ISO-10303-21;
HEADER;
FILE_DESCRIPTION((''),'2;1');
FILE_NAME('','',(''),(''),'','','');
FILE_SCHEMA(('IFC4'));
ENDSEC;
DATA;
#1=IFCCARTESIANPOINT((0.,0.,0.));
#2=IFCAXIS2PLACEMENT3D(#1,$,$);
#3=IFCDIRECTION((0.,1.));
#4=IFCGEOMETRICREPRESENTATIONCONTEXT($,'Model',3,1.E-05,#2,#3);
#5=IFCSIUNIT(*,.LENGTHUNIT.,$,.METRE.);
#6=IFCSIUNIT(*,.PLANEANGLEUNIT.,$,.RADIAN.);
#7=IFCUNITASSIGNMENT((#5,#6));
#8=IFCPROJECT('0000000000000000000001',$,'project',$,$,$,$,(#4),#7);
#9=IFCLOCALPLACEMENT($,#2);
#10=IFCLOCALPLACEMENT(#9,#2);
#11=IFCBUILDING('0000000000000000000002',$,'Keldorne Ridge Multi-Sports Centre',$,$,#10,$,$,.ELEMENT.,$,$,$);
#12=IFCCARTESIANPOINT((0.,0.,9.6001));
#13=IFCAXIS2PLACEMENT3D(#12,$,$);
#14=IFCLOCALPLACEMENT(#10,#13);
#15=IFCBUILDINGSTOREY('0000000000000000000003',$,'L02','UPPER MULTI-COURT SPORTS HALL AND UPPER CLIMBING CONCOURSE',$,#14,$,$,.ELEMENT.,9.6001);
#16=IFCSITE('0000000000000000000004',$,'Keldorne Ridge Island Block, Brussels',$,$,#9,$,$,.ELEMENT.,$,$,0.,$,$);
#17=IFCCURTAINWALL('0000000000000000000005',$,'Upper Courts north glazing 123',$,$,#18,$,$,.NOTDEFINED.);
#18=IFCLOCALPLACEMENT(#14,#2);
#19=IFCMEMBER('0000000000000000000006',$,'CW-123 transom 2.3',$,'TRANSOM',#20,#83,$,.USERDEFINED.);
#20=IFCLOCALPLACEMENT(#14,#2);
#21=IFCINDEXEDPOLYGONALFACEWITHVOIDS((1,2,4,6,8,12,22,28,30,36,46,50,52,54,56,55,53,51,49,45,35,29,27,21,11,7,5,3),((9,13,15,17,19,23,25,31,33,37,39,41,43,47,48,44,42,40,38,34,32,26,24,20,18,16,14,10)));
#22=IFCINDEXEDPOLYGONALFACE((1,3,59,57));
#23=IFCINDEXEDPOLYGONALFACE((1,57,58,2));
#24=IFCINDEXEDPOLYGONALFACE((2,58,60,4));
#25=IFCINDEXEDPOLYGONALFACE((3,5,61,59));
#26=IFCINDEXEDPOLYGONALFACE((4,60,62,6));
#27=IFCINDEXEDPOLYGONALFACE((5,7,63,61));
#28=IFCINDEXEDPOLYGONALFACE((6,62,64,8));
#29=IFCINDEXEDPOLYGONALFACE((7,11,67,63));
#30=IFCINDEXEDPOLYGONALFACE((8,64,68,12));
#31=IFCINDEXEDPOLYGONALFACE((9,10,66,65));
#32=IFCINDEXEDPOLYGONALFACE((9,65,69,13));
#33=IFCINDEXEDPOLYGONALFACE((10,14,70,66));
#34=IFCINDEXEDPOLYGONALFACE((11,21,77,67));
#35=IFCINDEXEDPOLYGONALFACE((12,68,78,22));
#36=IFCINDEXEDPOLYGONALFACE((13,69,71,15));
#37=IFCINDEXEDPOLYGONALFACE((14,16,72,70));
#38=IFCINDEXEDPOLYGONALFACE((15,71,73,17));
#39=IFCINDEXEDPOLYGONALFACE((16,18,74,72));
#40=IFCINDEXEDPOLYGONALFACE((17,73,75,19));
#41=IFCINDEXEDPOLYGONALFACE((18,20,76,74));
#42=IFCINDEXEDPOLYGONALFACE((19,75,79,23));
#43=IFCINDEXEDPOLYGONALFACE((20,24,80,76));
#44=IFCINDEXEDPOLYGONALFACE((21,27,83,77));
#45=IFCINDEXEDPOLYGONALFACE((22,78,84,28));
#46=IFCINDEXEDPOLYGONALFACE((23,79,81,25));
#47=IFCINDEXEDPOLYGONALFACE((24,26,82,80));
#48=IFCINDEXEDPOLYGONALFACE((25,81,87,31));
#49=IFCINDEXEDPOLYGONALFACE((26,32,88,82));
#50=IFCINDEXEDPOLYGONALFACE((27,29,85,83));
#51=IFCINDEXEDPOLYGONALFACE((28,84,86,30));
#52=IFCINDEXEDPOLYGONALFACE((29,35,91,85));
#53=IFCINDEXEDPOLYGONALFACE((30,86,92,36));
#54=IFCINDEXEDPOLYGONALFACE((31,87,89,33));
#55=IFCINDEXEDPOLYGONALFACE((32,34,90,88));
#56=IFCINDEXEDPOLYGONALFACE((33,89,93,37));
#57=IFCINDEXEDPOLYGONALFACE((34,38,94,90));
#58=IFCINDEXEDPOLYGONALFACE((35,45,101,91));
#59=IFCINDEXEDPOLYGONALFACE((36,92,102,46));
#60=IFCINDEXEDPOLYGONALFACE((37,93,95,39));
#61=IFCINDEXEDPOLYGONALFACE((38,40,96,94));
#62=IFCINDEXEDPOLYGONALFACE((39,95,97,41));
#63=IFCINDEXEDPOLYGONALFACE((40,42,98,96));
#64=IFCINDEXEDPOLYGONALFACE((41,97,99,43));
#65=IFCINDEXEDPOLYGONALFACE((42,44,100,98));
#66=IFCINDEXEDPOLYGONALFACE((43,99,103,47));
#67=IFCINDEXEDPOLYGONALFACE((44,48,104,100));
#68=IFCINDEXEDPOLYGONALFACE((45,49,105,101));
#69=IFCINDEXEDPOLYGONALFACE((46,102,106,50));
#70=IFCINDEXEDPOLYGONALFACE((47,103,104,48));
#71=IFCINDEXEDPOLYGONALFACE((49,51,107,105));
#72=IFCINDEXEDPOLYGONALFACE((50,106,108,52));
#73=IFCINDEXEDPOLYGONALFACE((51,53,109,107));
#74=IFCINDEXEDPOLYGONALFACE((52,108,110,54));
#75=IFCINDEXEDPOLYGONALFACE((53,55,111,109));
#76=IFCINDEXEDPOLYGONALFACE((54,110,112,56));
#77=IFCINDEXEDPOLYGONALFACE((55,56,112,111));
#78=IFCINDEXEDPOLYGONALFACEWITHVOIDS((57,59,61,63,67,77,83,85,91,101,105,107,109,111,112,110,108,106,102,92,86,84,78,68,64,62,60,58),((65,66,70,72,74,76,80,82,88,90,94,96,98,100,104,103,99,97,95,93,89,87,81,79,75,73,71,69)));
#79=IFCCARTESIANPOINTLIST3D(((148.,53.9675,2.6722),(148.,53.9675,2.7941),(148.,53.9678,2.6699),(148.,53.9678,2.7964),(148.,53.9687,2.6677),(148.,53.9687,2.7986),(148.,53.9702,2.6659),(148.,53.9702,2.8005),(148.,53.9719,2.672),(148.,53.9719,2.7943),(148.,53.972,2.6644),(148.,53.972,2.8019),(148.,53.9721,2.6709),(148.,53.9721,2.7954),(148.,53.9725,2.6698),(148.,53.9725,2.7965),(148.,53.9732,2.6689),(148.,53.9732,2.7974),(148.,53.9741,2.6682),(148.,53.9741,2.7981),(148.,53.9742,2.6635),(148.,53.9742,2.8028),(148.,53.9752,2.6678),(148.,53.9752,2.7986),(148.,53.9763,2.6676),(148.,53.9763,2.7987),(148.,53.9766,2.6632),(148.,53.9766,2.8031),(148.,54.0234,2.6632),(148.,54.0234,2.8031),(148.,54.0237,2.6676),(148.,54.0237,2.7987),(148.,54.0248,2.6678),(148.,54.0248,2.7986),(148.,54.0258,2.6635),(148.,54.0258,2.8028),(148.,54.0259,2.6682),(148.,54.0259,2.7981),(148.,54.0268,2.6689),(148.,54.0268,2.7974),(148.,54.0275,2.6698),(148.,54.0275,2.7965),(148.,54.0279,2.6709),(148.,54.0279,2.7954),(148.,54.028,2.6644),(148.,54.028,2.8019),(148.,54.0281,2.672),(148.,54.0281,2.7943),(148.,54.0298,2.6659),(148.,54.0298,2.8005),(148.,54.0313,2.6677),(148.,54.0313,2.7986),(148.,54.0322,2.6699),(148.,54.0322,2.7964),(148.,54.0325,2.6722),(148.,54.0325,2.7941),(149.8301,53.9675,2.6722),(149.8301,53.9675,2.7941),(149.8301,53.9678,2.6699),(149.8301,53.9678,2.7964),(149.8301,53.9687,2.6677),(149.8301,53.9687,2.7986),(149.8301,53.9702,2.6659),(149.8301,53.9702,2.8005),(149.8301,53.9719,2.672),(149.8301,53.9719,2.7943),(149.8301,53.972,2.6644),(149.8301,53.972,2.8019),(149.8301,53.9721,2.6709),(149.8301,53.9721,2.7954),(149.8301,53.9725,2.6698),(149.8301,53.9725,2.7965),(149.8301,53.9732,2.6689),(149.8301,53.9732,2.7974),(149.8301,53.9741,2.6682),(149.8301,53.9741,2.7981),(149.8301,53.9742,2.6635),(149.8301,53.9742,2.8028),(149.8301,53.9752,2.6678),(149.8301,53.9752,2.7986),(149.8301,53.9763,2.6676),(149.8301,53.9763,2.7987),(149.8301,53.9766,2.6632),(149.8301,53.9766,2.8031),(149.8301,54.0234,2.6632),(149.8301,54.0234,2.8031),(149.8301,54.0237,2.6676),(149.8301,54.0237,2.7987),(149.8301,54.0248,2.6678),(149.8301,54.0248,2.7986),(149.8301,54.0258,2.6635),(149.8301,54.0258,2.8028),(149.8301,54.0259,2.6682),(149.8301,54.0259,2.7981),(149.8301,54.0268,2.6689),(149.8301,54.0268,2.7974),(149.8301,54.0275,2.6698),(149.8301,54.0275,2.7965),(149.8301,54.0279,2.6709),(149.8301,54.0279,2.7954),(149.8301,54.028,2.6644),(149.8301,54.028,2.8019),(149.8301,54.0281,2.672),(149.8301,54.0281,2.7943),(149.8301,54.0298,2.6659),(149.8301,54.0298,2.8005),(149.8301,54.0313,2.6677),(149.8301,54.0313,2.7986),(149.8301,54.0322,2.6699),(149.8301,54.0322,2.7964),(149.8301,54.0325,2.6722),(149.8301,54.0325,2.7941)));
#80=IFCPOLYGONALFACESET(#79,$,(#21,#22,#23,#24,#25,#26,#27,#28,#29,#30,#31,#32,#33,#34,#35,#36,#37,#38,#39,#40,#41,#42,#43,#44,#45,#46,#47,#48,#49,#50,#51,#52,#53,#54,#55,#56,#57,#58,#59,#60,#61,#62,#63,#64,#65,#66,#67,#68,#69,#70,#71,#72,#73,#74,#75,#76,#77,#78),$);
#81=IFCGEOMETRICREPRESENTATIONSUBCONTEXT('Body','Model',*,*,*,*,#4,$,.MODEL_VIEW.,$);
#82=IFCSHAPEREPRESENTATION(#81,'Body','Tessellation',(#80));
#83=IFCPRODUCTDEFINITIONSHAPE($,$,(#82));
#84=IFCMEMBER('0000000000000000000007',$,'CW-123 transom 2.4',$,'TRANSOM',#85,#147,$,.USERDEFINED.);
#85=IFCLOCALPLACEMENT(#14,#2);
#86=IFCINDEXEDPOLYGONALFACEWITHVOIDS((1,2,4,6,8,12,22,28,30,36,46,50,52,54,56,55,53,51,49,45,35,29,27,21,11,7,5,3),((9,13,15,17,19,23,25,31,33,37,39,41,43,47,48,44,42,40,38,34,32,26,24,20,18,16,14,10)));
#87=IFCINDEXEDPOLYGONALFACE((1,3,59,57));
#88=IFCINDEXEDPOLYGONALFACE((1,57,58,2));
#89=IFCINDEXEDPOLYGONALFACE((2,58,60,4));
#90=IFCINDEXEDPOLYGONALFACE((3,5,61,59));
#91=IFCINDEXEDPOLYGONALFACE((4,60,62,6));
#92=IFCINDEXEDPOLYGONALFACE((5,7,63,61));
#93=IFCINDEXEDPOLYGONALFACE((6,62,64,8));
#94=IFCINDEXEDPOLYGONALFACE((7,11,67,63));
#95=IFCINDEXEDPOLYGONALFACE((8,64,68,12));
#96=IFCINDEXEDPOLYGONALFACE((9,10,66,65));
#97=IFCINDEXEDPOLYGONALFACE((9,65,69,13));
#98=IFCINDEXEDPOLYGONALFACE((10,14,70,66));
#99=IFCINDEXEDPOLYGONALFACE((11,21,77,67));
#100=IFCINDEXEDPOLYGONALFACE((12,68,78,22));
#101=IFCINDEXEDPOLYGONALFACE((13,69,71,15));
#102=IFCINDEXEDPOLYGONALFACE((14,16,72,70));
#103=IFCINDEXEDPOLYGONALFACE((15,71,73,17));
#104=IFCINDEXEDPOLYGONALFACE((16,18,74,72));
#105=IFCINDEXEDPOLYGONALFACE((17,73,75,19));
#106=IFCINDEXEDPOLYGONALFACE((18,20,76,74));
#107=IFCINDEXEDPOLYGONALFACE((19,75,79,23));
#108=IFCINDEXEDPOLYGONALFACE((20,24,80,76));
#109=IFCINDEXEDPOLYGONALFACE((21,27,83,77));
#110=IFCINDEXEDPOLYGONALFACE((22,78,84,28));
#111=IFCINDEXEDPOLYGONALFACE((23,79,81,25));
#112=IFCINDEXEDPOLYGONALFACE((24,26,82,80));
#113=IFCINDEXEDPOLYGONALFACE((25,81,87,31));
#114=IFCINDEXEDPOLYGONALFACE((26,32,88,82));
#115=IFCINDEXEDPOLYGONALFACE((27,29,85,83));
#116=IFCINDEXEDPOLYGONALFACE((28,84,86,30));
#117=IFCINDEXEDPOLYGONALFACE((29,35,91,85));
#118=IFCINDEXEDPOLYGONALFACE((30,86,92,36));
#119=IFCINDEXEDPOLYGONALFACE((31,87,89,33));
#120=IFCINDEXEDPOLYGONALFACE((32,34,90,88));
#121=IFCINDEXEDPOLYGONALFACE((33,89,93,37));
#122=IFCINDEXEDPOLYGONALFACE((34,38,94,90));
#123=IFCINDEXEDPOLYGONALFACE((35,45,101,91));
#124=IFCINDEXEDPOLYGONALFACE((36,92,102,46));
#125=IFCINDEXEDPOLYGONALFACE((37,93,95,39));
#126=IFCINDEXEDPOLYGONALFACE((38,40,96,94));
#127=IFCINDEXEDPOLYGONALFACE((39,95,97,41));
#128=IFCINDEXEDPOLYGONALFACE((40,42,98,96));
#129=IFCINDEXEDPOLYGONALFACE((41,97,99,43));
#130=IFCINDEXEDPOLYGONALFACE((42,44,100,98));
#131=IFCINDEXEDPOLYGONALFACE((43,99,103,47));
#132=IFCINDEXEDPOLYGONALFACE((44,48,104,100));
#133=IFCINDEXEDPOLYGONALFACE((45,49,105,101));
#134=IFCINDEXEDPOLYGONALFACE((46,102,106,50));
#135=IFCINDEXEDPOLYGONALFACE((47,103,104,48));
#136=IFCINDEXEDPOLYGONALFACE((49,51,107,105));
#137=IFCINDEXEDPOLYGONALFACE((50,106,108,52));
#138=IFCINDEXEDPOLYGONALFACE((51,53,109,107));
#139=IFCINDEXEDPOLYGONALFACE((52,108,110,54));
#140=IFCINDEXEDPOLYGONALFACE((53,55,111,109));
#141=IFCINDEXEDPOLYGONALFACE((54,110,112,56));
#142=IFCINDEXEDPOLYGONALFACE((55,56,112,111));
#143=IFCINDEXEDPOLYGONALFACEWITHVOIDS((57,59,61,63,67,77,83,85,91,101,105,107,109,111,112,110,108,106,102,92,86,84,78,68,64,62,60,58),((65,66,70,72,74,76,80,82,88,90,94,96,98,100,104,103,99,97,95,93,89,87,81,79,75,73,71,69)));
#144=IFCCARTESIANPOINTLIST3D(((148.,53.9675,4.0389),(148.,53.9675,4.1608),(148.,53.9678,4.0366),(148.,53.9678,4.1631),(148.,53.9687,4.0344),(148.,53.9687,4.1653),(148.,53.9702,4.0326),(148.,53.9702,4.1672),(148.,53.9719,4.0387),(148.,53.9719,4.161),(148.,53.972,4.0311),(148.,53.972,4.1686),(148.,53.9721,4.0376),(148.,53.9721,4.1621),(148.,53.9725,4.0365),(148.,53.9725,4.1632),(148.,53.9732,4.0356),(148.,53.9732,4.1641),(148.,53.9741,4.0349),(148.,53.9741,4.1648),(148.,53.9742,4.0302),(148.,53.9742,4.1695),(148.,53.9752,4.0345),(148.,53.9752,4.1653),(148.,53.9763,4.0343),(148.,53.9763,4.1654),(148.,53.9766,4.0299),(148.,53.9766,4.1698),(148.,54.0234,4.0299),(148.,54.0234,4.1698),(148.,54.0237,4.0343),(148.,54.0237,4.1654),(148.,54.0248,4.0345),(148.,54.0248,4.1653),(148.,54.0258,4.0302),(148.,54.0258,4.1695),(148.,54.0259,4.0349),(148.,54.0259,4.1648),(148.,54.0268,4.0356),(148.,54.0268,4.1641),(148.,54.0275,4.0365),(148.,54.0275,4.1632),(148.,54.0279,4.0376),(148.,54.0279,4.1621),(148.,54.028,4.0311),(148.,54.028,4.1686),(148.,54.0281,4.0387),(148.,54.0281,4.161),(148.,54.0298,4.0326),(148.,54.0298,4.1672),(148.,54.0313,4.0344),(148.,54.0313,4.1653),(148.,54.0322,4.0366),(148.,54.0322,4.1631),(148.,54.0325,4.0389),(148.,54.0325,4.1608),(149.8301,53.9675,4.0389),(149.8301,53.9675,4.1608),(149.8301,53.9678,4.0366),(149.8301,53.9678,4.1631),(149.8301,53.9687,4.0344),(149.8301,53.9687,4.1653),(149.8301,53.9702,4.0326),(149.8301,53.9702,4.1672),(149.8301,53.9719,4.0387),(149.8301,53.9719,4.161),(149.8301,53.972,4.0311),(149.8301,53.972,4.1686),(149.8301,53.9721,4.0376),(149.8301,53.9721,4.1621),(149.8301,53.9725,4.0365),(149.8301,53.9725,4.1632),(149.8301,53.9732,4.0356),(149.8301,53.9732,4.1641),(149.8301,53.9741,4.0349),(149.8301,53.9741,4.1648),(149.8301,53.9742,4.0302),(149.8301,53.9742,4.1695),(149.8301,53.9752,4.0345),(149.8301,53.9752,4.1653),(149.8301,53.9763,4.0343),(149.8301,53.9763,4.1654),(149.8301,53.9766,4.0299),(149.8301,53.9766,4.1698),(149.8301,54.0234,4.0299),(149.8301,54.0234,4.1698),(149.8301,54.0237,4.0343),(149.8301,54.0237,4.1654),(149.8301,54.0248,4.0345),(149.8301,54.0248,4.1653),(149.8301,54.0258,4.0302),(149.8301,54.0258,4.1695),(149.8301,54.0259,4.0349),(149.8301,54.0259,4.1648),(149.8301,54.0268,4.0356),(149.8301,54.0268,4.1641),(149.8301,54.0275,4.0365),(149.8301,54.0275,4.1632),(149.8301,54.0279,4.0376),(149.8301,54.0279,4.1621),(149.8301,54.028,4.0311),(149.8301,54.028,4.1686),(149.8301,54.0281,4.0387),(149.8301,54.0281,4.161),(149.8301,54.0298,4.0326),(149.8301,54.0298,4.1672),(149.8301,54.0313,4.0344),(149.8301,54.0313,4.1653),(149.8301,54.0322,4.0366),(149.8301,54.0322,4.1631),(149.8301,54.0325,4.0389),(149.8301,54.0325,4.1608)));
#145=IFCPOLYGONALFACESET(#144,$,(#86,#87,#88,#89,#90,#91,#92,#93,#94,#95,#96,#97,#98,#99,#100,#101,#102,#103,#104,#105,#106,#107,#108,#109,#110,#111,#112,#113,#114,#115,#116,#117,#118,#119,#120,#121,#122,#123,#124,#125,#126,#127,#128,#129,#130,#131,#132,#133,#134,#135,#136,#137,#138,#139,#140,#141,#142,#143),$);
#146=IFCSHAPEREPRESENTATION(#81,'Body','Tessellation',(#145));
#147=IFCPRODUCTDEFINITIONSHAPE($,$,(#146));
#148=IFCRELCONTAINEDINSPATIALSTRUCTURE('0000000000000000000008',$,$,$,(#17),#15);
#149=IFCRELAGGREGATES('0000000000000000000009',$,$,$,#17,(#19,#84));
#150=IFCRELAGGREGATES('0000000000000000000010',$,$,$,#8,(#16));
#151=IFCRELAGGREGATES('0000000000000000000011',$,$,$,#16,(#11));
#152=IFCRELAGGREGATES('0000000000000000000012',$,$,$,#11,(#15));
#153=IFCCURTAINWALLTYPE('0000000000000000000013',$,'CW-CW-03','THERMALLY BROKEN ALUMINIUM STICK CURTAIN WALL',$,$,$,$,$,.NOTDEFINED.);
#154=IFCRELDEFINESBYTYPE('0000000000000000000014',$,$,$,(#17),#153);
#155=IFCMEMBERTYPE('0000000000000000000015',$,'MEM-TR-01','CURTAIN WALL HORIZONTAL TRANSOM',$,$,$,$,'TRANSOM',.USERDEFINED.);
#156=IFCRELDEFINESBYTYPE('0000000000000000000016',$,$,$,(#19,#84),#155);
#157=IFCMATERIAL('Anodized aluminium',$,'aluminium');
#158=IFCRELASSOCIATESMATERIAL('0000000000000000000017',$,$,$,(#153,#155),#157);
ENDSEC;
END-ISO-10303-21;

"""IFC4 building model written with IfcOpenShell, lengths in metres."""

from ifc_helpers import new_model, si_unit, direction, frame, origin, origin_2d, place, context, subcontext, project, spatial, hollow_rectangle, extrude, material, material_profile, profile_set, type_object, element, aggregate, save


model = new_model("IFC4")

# Units and contexts
model_context = context("Model", 3, precision=1e-05, world=origin(), true_north=direction((0.0, 1.0)))
body_context = subcontext(model_context, "Body", "Model", "MODEL_VIEW")
ifc_project = project(units=[si_unit("LENGTHUNIT", "METRE"), si_unit("PLANEANGLEUNIT", "RADIAN")], contexts=[model_context])

# Site, building, storey
site_placement = place(None, origin())
site = spatial("IfcSite", under=ifc_project, at=site_placement, Name="Keldorne Ridge Island Block, Brussels", CompositionType="ELEMENT", RefElevation=0.0)
building_placement = place(site_placement, origin())
building = spatial("IfcBuilding", under=site, at=building_placement, Name="Keldorne Ridge Multi-Sports Centre", CompositionType="ELEMENT")
storey_placement = place(building_placement, frame((0.0, 0.0, 9.6001)))
storey = spatial("IfcBuildingStorey", under=building, at=storey_placement, Name="L02", Description="UPPER MULTI-COURT SPORTS HALL AND UPPER CLIMBING CONCOURSE", CompositionType="ELEMENT", Elevation=9.6001)

# Curtain wall, members
ifc_material_1 = material(Name="Anodized aluminium", Category="aluminium")
curtain_wall_type = type_object("IfcCurtainWallType", Name="CW-CW-03", Description="THERMALLY BROKEN ALUMINIUM STICK CURTAIN WALL", PredefinedType="NOTDEFINED", material=ifc_material_1)
curtain_wall_placement = place(storey_placement, origin())
curtain_wall = element("IfcCurtainWall", 1, at=curtain_wall_placement, inside=storey, type_object=curtain_wall_type, Name="Upper Courts north glazing 123", PredefinedType="NOTDEFINED")
ifc_material_profile_1 = material_profile(ifc_material_1, hollow_rectangle(XDim=0.0649, YDim=0.1399, WallThickness=0.0044, InnerFilletRadius=0.0044, OuterFilletRadius=0.009, at=origin_2d()), Name="ALU TRANSOM 140x65x4.5")
ifc_profile_set_1 = profile_set([ifc_material_profile_1], Name="Anodized aluminium")
member_type_1 = type_object("IfcMemberType", Name="MEM-TR-01", Description="CURTAIN WALL HORIZONTAL TRANSOM", ElementType="TRANSOM", PredefinedType="USERDEFINED", material=ifc_profile_set_1)
member_1_placement = place(storey_placement, frame((149.8301, 54.0, 2.7332), z_axis=(-1.0, 0.0, 0.0), x_axis=(0.0, -1.0, 0.0)))
member_1 = element("IfcMember", 2, at=member_1_placement, type_object=member_type_1, Name="CW-123 transom 2.3", ObjectType="TRANSOM", PredefinedType="USERDEFINED", context=body_context, shape_type="SweptSolid", body=[
    extrude(hollow_rectangle(XDim=0.0649, YDim=0.1399, WallThickness=0.0044, InnerFilletRadius=0.0044, OuterFilletRadius=0.009, at=origin_2d()), origin(), (0.0, 0.0, 1.0), 1.8301),
])
member_2_placement = place(storey_placement, frame((149.8301, 54.0, 4.0999), z_axis=(-1.0, 0.0, 0.0), x_axis=(0.0, -1.0, 0.0)))
member_2 = element("IfcMember", 3, at=member_2_placement, type_object=member_type_1, Name="CW-123 transom 2.4", ObjectType="TRANSOM", PredefinedType="USERDEFINED", context=body_context, shape_type="SweptSolid", body=[
    extrude(hollow_rectangle(XDim=0.0649, YDim=0.1399, WallThickness=0.0044, InnerFilletRadius=0.0044, OuterFilletRadius=0.009, at=origin_2d()), origin(), (0.0, 0.0, 1.0), 1.8301),
])
aggregate(curtain_wall, [member_1, member_2])

save(model, "model.ifc")
